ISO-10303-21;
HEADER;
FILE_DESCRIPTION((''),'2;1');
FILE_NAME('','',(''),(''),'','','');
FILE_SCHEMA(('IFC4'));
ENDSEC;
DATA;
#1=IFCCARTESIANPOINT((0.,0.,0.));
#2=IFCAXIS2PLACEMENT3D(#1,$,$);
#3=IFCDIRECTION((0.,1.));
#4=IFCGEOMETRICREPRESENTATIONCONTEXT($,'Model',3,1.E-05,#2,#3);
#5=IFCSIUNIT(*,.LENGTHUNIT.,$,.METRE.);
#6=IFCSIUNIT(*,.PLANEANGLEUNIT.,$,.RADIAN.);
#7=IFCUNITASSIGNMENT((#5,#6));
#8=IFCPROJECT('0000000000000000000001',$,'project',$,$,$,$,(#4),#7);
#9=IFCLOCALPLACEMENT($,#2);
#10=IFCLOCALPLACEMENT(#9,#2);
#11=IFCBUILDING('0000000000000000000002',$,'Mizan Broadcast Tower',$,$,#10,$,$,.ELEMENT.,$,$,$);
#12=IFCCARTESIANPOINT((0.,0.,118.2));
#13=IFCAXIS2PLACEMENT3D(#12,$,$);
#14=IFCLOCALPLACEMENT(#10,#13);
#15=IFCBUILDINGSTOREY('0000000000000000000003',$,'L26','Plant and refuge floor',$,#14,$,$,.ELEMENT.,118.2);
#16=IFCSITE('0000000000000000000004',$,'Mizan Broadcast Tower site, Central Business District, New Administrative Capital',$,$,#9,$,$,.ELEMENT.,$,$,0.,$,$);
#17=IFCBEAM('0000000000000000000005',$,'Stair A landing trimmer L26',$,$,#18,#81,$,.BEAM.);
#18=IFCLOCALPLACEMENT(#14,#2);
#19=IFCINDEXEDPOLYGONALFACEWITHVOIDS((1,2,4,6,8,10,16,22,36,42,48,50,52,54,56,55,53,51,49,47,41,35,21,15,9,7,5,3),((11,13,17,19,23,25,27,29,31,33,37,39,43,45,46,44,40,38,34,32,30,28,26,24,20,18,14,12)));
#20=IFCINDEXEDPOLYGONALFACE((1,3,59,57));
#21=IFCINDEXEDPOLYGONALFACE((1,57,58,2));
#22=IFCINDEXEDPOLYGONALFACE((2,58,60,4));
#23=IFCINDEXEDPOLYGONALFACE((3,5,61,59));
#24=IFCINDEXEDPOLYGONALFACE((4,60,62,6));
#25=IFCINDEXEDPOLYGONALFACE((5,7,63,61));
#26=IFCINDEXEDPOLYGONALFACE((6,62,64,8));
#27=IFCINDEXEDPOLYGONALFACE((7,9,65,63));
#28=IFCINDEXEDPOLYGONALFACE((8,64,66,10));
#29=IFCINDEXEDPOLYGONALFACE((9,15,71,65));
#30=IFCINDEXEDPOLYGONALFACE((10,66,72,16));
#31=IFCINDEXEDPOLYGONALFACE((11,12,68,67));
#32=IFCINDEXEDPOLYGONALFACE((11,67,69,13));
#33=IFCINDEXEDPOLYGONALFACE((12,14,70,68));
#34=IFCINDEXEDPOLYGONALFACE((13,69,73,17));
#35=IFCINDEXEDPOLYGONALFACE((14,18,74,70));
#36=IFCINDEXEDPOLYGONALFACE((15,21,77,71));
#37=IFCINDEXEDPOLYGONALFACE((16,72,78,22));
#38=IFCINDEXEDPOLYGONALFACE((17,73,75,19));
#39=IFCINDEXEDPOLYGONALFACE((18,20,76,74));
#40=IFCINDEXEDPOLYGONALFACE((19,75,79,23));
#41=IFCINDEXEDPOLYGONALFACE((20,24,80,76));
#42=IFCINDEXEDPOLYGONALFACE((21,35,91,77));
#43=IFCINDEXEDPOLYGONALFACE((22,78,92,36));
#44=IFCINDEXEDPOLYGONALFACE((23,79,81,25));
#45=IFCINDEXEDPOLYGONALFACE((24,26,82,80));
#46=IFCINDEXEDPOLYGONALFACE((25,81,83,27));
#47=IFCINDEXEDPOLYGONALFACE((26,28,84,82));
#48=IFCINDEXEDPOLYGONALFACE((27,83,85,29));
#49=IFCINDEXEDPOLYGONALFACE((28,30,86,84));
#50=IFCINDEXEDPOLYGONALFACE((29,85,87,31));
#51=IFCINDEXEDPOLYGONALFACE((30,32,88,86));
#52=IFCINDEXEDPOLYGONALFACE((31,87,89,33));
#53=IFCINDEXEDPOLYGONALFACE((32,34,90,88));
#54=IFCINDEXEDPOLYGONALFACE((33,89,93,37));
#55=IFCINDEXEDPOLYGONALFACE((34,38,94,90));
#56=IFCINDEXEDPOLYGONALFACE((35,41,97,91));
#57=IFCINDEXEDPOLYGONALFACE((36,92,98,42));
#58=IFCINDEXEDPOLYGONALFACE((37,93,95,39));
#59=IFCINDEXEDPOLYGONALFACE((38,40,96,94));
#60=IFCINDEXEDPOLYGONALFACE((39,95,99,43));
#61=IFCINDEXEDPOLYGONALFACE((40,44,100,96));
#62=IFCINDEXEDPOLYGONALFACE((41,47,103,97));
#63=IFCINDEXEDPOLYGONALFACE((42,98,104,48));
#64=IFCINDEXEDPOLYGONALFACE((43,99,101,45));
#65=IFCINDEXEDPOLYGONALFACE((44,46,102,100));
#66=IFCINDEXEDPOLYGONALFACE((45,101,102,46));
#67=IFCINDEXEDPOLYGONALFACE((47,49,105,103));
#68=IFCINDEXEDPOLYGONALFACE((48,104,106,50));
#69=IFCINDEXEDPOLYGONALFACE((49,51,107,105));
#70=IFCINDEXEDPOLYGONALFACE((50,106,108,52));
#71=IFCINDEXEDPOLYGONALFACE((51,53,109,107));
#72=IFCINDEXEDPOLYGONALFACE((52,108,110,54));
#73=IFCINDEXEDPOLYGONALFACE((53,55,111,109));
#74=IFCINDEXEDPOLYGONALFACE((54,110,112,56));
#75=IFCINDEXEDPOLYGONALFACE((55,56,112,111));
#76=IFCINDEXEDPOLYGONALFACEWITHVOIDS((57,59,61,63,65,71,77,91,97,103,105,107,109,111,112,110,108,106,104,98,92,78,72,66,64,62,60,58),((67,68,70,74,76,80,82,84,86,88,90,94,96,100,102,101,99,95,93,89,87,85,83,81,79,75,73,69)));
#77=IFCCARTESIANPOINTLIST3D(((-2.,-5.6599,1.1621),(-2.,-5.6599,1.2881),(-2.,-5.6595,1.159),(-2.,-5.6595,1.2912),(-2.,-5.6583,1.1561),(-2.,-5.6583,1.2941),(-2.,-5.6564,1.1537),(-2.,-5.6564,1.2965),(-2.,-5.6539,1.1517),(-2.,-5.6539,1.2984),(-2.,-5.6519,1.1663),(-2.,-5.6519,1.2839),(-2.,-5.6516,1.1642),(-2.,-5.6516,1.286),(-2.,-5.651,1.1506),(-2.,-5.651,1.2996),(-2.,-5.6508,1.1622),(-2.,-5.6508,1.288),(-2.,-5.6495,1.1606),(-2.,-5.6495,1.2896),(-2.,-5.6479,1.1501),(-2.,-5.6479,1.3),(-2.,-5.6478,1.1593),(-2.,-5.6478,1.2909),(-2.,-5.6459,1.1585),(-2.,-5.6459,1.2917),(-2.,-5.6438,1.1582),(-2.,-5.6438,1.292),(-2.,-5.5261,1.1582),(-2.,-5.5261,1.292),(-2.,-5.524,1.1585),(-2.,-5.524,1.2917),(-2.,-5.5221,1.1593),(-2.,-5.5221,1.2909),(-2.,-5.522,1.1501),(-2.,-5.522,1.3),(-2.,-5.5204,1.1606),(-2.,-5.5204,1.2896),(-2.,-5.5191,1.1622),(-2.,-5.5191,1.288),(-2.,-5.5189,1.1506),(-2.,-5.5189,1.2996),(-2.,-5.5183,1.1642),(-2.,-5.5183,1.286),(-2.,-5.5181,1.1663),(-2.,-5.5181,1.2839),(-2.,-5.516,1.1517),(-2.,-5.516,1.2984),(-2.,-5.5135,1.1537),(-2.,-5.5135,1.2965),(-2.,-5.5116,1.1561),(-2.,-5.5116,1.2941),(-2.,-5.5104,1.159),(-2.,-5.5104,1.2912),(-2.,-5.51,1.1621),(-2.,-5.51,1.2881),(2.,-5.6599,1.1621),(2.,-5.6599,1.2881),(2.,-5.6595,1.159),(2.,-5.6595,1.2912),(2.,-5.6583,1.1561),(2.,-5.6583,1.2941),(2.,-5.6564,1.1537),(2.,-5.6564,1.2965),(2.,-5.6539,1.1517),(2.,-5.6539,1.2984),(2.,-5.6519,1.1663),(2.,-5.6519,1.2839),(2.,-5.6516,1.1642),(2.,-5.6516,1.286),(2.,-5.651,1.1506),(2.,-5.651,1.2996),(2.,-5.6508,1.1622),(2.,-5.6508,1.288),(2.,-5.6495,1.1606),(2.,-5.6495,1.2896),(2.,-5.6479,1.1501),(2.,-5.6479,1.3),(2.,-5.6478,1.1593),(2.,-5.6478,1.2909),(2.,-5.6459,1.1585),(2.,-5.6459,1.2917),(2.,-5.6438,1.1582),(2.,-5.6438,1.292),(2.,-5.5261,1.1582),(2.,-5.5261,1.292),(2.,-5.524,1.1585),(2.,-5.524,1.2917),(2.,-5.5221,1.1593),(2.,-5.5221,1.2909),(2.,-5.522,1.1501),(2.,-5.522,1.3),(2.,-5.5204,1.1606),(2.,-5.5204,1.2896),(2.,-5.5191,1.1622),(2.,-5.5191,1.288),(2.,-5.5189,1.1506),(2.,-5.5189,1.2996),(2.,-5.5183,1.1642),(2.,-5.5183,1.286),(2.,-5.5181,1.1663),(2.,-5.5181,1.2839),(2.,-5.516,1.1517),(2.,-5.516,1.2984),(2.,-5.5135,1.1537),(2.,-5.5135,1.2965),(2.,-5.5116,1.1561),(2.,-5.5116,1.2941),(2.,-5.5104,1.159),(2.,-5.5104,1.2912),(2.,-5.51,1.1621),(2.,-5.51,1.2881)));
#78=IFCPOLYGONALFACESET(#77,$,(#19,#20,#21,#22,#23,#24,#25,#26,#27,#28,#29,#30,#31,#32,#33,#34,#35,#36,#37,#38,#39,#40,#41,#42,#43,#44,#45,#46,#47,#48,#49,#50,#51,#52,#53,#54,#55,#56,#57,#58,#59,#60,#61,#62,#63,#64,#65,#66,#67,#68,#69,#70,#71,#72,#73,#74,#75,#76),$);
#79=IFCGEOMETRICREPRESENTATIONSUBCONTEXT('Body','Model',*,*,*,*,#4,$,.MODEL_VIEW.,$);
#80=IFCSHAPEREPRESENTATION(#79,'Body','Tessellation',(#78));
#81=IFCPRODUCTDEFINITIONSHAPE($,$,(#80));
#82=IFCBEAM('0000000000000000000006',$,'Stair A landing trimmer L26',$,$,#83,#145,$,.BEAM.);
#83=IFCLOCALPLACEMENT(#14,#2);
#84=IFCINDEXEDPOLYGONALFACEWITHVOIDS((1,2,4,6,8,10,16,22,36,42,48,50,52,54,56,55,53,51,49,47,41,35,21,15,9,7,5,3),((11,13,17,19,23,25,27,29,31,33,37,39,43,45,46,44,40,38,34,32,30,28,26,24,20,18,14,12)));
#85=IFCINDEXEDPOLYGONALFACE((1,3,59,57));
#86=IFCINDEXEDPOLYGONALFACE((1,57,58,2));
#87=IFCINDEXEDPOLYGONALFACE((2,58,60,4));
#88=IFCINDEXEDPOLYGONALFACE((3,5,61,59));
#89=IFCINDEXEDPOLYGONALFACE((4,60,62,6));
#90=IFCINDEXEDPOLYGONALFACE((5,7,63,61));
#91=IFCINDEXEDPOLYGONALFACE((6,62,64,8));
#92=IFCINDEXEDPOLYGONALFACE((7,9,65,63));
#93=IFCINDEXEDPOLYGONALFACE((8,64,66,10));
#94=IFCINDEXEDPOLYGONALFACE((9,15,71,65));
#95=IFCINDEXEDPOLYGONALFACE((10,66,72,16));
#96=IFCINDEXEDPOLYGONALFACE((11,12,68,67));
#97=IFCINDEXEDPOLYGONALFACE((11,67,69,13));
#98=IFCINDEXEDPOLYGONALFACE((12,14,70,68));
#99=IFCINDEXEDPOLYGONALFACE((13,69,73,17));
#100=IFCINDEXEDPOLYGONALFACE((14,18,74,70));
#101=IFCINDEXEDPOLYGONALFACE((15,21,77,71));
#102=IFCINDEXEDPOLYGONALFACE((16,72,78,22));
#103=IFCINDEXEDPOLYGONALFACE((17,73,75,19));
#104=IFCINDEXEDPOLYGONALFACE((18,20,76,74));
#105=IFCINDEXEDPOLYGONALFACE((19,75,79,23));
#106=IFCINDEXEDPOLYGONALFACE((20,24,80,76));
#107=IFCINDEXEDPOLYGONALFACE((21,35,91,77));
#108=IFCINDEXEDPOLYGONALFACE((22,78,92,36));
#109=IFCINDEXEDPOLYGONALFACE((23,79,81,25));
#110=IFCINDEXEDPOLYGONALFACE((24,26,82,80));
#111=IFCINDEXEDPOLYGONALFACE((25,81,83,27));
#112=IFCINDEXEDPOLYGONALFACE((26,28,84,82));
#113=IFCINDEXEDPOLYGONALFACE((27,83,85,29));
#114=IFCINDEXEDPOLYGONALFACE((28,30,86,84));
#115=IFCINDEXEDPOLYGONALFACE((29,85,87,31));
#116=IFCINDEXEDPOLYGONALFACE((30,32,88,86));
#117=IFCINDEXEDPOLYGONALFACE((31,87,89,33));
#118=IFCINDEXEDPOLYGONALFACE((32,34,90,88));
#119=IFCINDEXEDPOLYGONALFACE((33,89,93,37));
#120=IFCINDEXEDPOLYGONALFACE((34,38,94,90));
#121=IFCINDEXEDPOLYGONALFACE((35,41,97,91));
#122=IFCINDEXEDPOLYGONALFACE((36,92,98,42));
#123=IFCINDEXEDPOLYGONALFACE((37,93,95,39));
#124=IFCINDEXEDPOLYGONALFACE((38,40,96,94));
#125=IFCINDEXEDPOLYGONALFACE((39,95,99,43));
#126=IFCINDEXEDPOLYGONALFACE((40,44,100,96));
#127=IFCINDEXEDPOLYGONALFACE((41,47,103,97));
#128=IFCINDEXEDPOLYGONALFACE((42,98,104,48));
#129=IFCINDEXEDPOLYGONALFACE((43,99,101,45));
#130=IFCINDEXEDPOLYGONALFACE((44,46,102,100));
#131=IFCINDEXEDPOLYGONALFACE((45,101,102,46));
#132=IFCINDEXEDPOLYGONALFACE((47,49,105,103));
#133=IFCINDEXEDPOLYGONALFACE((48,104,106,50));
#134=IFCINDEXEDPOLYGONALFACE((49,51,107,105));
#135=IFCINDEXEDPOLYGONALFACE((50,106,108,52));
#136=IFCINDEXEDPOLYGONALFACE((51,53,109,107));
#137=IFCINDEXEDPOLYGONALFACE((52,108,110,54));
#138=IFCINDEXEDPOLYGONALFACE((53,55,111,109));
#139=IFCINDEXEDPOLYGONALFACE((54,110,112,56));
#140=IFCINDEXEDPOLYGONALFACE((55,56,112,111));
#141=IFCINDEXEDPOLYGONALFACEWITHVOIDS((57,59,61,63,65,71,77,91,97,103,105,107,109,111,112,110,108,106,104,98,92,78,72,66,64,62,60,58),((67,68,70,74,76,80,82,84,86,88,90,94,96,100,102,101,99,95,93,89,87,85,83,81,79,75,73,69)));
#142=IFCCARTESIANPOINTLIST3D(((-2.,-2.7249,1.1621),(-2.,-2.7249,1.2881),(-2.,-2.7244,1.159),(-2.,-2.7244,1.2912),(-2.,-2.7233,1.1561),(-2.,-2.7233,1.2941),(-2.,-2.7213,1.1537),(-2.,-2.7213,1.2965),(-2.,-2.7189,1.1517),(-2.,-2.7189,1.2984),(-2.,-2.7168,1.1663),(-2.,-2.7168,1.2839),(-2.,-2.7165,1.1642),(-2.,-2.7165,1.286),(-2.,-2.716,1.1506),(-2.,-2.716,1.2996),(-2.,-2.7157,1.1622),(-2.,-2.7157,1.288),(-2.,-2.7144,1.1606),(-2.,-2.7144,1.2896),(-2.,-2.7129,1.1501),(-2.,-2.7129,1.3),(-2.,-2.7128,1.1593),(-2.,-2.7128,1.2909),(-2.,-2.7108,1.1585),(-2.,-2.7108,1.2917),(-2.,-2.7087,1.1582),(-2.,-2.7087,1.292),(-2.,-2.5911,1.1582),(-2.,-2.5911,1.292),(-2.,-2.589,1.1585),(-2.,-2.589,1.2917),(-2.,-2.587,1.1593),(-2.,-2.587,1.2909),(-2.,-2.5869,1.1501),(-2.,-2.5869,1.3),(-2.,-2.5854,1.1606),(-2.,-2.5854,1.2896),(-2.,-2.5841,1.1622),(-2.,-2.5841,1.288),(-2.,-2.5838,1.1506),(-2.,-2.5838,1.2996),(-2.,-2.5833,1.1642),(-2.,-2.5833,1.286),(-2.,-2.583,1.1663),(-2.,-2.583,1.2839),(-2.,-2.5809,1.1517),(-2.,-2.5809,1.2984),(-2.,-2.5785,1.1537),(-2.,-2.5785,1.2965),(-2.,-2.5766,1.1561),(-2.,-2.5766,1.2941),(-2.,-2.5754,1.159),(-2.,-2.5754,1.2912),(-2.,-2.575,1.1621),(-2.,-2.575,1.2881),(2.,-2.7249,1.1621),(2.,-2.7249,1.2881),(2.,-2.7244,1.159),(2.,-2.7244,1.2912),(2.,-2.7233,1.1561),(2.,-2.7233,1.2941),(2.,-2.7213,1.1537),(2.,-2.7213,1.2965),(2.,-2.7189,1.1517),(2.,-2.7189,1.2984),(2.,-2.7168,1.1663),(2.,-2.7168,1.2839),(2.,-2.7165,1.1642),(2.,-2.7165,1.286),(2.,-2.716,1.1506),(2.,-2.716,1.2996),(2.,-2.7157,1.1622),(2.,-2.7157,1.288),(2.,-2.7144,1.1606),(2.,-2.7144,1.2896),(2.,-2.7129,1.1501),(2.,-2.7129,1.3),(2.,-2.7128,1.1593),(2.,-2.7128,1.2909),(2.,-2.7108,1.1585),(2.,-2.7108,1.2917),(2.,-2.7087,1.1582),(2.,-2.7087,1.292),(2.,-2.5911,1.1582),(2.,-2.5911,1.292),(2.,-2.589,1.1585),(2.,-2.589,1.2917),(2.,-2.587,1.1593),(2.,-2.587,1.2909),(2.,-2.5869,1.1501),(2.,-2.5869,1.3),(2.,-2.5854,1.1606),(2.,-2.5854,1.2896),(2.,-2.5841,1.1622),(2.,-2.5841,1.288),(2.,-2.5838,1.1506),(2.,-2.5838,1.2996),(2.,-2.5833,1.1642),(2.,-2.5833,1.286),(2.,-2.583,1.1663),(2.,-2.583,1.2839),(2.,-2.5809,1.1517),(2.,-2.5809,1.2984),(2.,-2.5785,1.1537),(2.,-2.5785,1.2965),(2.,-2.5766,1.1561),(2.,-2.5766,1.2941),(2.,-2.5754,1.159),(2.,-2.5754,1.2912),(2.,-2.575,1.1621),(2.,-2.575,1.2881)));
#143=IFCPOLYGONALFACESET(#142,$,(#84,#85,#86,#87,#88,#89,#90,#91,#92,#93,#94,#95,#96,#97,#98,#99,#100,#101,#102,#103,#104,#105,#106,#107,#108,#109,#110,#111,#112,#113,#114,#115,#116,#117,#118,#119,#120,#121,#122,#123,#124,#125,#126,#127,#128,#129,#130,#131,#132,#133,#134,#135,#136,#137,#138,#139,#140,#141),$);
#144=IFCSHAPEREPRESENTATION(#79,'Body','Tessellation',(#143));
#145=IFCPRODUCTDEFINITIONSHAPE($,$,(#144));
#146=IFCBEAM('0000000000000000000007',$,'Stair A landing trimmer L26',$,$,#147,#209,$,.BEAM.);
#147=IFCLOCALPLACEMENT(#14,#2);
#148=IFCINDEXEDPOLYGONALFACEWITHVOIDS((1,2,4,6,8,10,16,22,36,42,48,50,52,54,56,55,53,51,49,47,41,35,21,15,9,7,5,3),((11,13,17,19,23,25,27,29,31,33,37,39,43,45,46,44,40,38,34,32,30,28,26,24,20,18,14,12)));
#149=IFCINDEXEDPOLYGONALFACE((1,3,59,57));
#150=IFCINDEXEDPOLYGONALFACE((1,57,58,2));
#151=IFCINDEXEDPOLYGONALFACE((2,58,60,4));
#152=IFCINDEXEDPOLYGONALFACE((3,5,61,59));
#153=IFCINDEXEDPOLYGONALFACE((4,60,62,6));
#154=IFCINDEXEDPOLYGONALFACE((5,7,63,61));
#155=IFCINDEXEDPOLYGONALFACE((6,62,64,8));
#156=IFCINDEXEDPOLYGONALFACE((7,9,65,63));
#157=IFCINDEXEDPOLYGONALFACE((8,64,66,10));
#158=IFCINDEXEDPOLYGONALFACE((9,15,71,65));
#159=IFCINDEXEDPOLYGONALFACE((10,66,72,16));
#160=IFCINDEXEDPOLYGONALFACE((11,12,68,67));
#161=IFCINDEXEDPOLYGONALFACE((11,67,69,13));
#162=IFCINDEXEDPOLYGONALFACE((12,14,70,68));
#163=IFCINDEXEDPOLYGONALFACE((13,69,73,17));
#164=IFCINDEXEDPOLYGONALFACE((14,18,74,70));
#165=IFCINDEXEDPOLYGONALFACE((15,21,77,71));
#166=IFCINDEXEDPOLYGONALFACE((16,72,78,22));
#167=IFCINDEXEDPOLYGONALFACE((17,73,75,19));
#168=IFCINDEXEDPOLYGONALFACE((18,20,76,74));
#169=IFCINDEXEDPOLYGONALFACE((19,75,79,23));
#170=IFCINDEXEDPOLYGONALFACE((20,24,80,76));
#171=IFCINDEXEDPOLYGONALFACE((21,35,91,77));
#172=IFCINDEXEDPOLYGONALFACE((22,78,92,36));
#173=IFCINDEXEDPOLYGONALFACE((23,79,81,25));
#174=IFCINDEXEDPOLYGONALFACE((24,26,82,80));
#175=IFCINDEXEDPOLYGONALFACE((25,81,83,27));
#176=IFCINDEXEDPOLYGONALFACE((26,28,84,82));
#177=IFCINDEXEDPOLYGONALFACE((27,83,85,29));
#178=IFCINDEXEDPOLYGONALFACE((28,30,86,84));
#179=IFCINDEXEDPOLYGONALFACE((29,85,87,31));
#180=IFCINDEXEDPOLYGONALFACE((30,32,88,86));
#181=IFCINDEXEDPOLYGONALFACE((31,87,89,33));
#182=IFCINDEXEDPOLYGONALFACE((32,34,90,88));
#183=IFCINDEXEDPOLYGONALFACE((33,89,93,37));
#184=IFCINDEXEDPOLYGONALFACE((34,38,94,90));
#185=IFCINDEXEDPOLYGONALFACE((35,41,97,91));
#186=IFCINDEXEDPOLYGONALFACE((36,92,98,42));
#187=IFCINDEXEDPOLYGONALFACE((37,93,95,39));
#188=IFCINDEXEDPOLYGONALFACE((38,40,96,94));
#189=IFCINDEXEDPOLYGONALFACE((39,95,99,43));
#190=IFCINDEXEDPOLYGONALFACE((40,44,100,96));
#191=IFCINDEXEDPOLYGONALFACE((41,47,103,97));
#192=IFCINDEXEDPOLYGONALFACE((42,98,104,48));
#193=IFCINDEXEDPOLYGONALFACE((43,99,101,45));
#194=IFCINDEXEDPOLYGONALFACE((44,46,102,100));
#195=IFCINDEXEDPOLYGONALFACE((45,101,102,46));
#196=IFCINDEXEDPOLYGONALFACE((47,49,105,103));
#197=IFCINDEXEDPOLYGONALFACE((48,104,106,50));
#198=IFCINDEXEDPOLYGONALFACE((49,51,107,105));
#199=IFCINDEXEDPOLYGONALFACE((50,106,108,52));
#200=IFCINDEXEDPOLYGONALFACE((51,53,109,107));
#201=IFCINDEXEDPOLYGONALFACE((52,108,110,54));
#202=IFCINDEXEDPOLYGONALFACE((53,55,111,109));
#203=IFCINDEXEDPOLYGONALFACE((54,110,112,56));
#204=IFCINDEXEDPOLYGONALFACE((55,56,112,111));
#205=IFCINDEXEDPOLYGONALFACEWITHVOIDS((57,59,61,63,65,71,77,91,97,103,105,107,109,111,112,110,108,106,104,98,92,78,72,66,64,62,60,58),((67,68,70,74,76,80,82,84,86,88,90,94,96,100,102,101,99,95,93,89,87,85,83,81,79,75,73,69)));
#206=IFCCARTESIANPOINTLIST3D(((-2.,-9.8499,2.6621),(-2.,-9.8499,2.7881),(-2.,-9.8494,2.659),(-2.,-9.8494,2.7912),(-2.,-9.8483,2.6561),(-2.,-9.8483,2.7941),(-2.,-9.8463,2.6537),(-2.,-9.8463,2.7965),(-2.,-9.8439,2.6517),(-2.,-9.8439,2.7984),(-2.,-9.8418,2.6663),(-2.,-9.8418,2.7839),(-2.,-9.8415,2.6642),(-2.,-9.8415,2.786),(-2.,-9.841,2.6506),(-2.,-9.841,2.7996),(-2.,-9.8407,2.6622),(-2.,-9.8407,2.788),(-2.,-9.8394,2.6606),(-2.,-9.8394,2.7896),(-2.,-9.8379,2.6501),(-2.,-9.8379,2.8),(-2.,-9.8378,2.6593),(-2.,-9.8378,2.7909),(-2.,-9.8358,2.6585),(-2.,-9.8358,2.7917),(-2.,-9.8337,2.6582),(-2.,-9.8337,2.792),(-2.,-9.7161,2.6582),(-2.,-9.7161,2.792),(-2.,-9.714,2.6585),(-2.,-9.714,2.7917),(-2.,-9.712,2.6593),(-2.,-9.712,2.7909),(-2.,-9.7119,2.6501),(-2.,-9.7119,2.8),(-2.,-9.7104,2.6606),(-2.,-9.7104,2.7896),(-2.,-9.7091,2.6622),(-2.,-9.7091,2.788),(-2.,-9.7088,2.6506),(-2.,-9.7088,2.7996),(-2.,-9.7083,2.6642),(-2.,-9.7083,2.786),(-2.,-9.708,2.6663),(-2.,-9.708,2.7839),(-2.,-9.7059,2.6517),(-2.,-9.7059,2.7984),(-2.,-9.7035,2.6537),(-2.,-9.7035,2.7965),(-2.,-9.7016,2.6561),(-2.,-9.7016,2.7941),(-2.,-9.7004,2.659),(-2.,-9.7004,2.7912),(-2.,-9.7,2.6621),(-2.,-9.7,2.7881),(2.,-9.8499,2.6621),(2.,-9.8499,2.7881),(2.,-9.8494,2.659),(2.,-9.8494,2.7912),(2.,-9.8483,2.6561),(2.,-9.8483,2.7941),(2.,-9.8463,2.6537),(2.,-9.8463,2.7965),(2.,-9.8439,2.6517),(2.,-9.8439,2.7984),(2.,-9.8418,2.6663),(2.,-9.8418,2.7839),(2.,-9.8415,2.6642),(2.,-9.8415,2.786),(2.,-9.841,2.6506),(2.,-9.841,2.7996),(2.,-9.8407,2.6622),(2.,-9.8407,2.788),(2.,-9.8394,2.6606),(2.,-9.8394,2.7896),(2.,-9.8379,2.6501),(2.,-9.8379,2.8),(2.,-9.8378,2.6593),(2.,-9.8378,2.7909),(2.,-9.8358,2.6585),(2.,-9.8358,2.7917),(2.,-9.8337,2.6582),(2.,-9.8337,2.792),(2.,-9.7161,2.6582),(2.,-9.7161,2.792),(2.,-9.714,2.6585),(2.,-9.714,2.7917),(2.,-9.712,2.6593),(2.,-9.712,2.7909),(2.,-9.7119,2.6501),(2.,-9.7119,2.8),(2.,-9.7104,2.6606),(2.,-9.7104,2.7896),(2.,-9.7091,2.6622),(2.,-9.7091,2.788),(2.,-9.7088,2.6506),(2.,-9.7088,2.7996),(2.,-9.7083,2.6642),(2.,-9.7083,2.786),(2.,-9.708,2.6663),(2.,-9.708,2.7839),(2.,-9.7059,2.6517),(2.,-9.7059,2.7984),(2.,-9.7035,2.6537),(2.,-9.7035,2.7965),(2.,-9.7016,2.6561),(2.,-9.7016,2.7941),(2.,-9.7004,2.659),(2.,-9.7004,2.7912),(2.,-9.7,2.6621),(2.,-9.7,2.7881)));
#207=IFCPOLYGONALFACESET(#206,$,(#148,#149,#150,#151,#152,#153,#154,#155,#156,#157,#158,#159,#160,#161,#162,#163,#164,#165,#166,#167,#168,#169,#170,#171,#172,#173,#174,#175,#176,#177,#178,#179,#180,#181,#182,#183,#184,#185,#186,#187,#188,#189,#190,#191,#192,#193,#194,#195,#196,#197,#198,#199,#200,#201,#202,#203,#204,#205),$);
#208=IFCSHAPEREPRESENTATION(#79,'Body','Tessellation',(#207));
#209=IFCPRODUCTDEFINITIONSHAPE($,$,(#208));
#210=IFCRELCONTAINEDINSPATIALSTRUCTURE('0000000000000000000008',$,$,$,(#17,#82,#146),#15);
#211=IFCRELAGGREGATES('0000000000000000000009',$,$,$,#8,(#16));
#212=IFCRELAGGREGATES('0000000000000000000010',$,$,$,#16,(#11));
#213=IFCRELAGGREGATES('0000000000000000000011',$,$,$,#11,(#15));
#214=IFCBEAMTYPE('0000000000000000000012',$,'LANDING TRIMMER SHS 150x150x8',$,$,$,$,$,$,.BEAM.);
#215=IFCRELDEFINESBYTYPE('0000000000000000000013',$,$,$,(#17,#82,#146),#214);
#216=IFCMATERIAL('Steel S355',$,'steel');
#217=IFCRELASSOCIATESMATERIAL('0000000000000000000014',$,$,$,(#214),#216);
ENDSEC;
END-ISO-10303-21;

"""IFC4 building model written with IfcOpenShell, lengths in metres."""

from ifc_helpers import new_model, si_unit, direction, frame, origin, origin_2d, place, context, subcontext, project, spatial, hollow_rectangle, extrude, material, material_profile, profile_set, type_object, element, save


model = new_model("IFC4")

# Units and contexts
model_context = context("Model", 3, precision=1e-05, world=origin(), true_north=direction((0.0, 1.0)))
body_context = subcontext(model_context, "Body", "Model", "MODEL_VIEW")
ifc_project = project(units=[si_unit("LENGTHUNIT", "METRE"), si_unit("PLANEANGLEUNIT", "RADIAN")], contexts=[model_context])

# Site, building, storey
site_placement = place(None, origin())
site = spatial("IfcSite", under=ifc_project, at=site_placement, Name="Mizan Broadcast Tower site, Central Business District, New Administrative Capital", CompositionType="ELEMENT", RefElevation=0.0)
building_placement = place(site_placement, origin())
building = spatial("IfcBuilding", under=site, at=building_placement, Name="Mizan Broadcast Tower", CompositionType="ELEMENT")
storey_placement = place(building_placement, frame((0.0, 0.0, 118.2)))
storey = spatial("IfcBuildingStorey", under=building, at=storey_placement, Name="L26", Description="Plant and refuge floor", CompositionType="ELEMENT", Elevation=118.2)

# Beams
ifc_material_1 = material(Name="Steel S355", Category="steel")
ifc_material_profile = material_profile(ifc_material_1, hollow_rectangle(XDim=0.1499, YDim=0.1499, WallThickness=0.0081, InnerFilletRadius=0.0081, OuterFilletRadius=0.012, at=origin_2d()), Name="SHS 150x150x8")
ifc_profile_set = profile_set([ifc_material_profile], Name="Steel S355")
beam_type = type_object("IfcBeamType", Name="LANDING TRIMMER SHS 150x150x8", PredefinedType="BEAM", material=ifc_profile_set)
for number, where, z_axis, x_axis, name in (
    (1, (-2.0, -5.585, 1.2251), (1.0, 0.0, 0.0), (0.0, 1.0, 0.0), "Stair A landing trimmer L26"),
    (2, (-2.0, -2.6499, 1.2251), (1.0, 0.0, 0.0), (0.0, 1.0, 0.0), "Stair A landing trimmer L26"),
    (3, (-2.0, -9.7749, 2.7251), (1.0, 0.0, 0.0), (0.0, 1.0, 0.0), "Stair A landing trimmer L26"),
):
    element("IfcBeam", number, at=place(storey_placement, frame(where, z_axis=z_axis, x_axis=x_axis)), inside=storey, type_object=beam_type, Name=name, PredefinedType="BEAM", context=body_context, shape_type="SweptSolid", body=[
        extrude(hollow_rectangle(XDim=0.1499, YDim=0.1499, WallThickness=0.0081, InnerFilletRadius=0.0081, OuterFilletRadius=0.012, at=origin_2d()), origin(), (0.0, 0.0, 1.0), 4.0),
    ])

save(model, "model.ifc")
